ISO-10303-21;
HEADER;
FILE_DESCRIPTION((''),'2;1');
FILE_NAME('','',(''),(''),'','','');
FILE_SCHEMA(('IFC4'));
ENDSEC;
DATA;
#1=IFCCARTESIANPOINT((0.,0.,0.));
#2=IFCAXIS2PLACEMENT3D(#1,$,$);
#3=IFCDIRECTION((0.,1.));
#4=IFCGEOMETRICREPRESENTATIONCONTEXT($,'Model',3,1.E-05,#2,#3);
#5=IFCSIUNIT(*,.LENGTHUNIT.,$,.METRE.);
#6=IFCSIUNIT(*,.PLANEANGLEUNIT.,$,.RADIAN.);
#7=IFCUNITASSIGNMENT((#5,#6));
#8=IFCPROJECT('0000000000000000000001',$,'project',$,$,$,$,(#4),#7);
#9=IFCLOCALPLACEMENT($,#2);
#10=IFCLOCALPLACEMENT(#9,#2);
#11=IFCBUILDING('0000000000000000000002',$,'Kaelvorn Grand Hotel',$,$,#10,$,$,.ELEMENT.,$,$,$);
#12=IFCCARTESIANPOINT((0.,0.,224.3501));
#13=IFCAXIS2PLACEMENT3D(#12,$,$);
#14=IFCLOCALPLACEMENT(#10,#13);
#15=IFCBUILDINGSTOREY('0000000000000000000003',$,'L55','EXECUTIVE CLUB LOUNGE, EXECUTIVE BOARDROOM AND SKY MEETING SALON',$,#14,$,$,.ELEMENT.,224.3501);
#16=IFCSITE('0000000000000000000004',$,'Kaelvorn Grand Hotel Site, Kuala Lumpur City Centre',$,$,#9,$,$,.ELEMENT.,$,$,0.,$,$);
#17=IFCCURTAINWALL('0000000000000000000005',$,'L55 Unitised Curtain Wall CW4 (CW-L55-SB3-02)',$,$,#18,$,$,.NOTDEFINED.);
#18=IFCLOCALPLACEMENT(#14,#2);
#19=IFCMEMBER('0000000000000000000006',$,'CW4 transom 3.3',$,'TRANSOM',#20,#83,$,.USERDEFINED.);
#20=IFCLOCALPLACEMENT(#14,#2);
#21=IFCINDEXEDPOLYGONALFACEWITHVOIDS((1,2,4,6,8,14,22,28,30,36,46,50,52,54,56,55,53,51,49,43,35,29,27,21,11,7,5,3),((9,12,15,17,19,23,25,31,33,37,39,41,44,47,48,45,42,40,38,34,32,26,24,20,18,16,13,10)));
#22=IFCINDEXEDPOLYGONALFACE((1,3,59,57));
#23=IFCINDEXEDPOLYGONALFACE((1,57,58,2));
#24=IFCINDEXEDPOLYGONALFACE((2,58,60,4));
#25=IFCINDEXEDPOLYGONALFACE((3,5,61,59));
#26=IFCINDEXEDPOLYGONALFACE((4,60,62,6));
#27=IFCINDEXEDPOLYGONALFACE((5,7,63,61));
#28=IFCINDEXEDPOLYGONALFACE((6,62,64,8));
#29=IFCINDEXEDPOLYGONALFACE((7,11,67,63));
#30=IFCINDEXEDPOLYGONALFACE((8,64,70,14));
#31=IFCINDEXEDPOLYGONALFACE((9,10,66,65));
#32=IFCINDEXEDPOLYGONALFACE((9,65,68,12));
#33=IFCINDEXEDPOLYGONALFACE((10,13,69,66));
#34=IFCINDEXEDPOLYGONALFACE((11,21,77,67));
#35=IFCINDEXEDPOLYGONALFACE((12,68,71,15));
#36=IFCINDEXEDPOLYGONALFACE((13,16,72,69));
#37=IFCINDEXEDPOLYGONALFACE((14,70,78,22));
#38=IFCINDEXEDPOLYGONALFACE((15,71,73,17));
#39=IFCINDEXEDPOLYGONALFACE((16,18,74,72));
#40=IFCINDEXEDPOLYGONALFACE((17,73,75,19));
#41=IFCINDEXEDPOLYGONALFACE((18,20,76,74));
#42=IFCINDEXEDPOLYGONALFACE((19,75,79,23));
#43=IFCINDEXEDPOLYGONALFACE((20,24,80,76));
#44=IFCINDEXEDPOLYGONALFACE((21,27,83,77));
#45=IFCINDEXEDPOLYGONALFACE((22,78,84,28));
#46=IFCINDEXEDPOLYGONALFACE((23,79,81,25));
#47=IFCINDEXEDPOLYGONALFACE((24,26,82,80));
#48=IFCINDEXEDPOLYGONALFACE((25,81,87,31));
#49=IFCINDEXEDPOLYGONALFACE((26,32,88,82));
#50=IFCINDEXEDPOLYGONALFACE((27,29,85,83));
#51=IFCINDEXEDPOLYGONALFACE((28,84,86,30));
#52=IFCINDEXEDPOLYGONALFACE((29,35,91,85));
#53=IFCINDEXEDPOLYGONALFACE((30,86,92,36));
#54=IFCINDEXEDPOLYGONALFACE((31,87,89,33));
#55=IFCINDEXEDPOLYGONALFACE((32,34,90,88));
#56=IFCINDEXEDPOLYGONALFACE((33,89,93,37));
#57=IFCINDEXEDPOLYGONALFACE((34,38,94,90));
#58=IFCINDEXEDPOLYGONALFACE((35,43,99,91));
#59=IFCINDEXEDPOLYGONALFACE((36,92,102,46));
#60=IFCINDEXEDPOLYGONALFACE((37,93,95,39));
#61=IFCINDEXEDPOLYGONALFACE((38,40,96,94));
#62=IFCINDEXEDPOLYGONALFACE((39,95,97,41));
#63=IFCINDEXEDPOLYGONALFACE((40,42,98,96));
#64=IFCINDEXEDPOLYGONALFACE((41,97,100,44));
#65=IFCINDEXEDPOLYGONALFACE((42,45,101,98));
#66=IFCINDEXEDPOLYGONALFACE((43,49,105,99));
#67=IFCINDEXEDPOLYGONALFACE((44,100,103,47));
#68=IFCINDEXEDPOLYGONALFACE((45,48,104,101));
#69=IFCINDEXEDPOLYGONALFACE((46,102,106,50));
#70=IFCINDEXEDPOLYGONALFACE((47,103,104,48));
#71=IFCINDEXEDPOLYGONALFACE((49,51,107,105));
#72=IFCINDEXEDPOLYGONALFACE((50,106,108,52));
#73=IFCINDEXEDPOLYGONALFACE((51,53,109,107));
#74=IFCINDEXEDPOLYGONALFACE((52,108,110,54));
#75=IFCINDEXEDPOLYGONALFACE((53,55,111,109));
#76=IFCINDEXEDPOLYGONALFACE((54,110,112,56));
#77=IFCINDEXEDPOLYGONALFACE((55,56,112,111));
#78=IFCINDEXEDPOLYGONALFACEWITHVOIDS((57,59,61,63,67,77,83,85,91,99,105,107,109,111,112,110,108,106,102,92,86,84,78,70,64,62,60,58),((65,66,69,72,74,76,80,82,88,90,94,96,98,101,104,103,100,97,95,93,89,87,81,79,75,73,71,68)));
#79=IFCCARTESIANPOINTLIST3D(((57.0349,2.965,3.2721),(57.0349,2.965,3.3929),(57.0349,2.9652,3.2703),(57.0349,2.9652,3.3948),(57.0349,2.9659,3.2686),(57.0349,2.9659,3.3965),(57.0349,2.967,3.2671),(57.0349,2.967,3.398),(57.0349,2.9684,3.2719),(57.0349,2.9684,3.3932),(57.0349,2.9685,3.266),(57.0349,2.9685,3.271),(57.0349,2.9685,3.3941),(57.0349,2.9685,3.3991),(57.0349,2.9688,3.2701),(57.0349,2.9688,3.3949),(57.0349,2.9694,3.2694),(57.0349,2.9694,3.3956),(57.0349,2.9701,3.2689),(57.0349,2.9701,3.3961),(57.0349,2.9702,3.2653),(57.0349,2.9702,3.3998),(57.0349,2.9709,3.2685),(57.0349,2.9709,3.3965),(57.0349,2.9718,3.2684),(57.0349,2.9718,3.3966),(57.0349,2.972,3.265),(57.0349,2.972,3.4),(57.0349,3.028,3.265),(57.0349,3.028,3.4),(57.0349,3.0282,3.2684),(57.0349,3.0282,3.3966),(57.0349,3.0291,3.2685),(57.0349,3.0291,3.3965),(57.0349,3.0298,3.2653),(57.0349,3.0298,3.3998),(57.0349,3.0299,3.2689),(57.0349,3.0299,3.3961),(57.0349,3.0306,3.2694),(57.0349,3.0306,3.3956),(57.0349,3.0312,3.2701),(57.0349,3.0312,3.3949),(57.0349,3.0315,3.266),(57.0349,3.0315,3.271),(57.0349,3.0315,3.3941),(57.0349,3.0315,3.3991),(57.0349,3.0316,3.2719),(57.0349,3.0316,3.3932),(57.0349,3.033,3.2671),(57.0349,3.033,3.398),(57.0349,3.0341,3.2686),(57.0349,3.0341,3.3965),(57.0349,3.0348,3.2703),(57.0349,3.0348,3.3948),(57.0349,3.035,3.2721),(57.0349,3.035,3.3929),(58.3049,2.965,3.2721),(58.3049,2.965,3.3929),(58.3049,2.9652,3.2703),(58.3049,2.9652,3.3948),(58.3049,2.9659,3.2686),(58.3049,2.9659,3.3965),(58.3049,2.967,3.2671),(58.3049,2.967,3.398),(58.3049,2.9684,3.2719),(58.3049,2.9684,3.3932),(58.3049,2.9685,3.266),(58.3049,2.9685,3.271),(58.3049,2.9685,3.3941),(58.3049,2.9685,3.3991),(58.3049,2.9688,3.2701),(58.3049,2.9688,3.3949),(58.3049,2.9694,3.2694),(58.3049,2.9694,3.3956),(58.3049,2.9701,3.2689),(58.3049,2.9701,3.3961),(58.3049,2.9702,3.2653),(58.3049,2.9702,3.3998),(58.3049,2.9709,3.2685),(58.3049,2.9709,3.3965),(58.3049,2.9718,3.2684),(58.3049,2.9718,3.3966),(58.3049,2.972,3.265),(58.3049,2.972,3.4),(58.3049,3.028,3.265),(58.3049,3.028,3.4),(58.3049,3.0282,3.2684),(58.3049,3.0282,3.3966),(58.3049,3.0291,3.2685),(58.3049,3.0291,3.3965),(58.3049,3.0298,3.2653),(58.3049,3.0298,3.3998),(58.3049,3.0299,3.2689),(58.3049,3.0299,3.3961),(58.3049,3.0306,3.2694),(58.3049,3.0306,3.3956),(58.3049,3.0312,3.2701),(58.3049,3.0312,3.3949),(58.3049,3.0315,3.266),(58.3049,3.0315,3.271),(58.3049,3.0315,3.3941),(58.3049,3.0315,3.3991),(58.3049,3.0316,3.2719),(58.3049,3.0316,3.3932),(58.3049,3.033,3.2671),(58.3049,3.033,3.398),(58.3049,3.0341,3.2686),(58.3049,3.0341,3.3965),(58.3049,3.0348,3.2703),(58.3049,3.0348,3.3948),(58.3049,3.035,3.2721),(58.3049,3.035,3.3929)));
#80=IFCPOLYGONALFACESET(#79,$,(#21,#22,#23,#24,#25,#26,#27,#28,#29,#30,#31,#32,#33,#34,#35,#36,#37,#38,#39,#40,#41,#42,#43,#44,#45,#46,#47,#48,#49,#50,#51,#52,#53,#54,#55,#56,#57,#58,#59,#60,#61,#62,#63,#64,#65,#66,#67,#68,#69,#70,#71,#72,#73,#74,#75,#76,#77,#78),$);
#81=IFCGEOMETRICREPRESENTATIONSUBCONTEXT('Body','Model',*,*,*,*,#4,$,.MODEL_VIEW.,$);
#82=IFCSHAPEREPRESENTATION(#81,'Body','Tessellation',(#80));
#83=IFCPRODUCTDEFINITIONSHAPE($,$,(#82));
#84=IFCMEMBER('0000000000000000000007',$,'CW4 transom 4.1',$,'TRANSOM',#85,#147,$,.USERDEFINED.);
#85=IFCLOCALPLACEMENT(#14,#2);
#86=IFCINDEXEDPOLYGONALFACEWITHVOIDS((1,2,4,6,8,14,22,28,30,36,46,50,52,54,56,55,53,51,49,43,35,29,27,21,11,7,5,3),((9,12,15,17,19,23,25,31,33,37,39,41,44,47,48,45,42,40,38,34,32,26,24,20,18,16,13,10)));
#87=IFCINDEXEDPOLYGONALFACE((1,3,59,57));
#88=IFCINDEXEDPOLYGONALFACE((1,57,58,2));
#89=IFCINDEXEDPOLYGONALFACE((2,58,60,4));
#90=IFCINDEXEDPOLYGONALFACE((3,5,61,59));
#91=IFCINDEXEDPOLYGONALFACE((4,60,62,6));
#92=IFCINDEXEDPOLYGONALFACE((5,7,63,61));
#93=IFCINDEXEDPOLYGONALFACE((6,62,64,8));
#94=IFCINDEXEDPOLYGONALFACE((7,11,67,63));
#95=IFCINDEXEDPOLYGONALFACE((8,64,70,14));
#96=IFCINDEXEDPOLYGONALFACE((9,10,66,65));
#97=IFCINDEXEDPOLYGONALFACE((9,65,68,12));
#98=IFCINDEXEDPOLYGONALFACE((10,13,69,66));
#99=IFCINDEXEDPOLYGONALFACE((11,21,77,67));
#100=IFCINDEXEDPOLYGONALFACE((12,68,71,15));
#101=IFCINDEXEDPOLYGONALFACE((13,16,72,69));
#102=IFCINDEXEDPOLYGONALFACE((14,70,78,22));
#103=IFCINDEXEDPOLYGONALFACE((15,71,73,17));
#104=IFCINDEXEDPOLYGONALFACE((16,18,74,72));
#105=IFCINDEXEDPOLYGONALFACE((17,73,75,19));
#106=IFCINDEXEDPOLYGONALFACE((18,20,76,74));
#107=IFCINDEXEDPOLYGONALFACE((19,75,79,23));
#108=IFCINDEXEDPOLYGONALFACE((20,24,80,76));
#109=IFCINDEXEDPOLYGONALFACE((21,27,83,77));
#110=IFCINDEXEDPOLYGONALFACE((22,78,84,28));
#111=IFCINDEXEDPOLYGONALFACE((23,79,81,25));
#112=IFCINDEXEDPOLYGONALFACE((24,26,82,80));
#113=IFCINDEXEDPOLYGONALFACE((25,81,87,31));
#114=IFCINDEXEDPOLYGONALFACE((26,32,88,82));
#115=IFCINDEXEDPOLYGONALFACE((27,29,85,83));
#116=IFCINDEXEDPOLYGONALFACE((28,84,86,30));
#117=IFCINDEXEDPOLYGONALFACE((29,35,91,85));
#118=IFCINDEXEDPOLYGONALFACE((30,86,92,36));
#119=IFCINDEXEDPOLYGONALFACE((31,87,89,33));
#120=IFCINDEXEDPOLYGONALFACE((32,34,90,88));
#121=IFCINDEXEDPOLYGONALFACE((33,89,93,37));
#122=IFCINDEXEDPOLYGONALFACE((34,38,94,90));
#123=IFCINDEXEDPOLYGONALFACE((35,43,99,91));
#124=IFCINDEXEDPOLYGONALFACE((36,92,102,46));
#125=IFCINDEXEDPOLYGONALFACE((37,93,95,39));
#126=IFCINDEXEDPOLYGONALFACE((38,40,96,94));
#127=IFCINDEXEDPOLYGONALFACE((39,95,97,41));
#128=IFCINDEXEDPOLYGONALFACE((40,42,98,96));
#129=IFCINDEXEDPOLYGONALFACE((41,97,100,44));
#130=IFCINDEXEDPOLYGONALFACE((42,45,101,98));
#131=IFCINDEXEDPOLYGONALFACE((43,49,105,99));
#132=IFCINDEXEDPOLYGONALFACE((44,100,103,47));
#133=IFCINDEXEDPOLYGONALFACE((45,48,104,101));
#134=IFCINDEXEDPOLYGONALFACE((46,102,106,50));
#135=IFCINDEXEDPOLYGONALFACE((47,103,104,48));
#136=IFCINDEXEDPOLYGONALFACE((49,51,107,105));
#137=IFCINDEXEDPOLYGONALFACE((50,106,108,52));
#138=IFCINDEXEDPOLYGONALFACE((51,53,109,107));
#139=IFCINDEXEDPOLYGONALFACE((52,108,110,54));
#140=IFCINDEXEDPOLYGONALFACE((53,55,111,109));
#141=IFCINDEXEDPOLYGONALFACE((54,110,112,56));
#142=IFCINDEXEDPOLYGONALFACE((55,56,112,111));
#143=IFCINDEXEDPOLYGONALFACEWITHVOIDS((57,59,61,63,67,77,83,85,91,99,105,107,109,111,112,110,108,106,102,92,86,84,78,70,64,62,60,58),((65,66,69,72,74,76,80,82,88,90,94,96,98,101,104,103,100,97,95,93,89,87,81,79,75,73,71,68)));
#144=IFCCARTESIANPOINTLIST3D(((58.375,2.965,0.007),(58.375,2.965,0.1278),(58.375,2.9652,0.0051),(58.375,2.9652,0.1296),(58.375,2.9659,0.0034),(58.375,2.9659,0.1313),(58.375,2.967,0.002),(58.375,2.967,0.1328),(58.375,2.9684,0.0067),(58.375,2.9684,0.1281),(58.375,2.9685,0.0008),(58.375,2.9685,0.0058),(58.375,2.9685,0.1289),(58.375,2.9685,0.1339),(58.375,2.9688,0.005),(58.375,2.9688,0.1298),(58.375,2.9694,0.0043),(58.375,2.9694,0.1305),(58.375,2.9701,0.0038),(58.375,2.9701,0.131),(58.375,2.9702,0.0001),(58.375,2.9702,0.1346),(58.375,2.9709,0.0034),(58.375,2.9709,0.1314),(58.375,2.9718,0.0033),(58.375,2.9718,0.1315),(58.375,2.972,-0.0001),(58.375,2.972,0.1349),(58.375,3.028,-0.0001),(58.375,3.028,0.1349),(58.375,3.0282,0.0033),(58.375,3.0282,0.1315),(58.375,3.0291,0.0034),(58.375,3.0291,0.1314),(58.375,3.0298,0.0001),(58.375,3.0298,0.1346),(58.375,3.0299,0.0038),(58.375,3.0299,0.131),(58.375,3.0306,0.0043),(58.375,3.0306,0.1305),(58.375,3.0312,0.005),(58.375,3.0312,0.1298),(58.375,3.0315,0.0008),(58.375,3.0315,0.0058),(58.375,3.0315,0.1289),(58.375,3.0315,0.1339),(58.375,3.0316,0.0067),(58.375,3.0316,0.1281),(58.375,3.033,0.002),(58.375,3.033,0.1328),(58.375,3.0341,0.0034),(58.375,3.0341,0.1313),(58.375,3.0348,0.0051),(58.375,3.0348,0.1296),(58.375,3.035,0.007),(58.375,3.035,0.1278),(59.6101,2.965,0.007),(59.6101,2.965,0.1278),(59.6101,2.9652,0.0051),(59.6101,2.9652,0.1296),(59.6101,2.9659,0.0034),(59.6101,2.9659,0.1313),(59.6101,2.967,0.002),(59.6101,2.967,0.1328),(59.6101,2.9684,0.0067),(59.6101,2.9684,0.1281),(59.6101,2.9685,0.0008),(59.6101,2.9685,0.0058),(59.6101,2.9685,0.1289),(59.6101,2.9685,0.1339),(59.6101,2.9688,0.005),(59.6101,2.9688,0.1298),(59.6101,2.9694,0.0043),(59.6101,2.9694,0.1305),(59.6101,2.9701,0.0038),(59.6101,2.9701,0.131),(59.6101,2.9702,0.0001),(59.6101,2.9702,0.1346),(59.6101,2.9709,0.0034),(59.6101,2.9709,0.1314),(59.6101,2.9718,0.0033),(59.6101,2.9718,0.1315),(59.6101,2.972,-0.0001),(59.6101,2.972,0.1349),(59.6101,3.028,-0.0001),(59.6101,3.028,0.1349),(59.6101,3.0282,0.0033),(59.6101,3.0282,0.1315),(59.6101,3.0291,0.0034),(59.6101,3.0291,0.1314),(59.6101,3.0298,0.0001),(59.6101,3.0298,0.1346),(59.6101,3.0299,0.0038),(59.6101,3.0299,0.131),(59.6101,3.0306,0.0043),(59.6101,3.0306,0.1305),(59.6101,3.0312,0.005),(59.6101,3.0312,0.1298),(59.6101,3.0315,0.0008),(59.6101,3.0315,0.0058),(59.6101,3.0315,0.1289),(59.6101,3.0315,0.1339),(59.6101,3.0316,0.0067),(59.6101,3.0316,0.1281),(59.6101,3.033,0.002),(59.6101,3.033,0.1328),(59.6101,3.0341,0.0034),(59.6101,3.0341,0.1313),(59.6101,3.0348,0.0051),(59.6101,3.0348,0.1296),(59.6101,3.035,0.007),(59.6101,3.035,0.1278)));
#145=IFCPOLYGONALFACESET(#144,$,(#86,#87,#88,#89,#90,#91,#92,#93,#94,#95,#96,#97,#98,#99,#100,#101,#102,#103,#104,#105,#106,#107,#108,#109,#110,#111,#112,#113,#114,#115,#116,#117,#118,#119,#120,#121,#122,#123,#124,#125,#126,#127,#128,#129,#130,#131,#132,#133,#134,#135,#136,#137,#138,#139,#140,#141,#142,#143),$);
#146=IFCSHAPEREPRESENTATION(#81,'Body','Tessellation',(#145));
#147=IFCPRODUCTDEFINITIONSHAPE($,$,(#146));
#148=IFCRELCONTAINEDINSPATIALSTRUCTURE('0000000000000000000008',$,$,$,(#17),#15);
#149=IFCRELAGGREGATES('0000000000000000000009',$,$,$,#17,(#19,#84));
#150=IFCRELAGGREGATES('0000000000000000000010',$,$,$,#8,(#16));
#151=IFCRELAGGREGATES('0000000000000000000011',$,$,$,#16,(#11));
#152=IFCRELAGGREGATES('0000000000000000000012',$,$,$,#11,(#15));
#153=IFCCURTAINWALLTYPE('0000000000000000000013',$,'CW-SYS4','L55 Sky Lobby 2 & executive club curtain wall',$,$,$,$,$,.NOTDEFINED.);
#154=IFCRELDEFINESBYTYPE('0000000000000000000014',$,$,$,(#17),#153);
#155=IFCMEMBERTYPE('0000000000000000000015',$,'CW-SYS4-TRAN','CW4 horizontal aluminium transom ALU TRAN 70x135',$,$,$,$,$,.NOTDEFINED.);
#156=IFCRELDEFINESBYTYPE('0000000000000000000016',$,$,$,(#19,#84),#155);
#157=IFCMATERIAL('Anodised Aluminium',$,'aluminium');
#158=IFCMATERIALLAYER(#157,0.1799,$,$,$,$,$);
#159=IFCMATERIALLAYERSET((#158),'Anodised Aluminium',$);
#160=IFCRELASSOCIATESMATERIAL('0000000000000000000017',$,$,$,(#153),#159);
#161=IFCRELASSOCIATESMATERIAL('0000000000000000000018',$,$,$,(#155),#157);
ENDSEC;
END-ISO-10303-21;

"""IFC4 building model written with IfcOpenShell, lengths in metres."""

from ifc_helpers import new_model, si_unit, direction, frame, origin, origin_2d, place, context, subcontext, project, spatial, hollow_rectangle, extrude, material, layer, layer_set, material_profile, profile_set, type_object, element, aggregate, save


model = new_model("IFC4")

# Units and contexts
model_context = context("Model", 3, precision=1e-05, world=origin(), true_north=direction((0.0, 1.0)))
body_context = subcontext(model_context, "Body", "Model", "MODEL_VIEW")
ifc_project = project(units=[si_unit("LENGTHUNIT", "METRE"), si_unit("PLANEANGLEUNIT", "RADIAN")], contexts=[model_context])

# Site, building, storey
site_placement = place(None, origin())
site = spatial("IfcSite", under=ifc_project, at=site_placement, Name="Kaelvorn Grand Hotel Site, Kuala Lumpur City Centre", CompositionType="ELEMENT", RefElevation=0.0)
building_placement = place(site_placement, origin())
building = spatial("IfcBuilding", under=site, at=building_placement, Name="Kaelvorn Grand Hotel", CompositionType="ELEMENT")
storey_placement = place(building_placement, frame((0.0, 0.0, 224.3501)))
storey = spatial("IfcBuildingStorey", under=building, at=storey_placement, Name="L55", Description="EXECUTIVE CLUB LOUNGE, EXECUTIVE BOARDROOM AND SKY MEETING SALON", CompositionType="ELEMENT", Elevation=224.3501)

# Curtain wall, members
ifc_material_1 = material(Name="Anodised Aluminium", Category="aluminium")
ifc_layer_1 = layer(ifc_material_1, 0.1799)
ifc_layer_set_1 = layer_set([ifc_layer_1], Name="Anodised Aluminium")
curtain_wall_type = type_object("IfcCurtainWallType", Name="CW-SYS4", Description="L55 Sky Lobby 2 & executive club curtain wall", PredefinedType="NOTDEFINED", material=ifc_layer_set_1)
curtain_wall_placement = place(storey_placement, origin())
curtain_wall = element("IfcCurtainWall", 1, at=curtain_wall_placement, inside=storey, type_object=curtain_wall_type, Name="L55 Unitised Curtain Wall CW4 (CW-L55-SB3-02)", PredefinedType="NOTDEFINED")
ifc_material_profile_1 = material_profile(ifc_material_1, hollow_rectangle(XDim=0.0701, YDim=0.135, WallThickness=0.0034, InnerFilletRadius=0.0034, OuterFilletRadius=0.0071, at=origin_2d()), Name="ALU TRAN 70x135")
ifc_profile_set_1 = profile_set([ifc_material_profile_1], Name="Anodised Aluminium")
member_type_1 = type_object("IfcMemberType", Name="CW-SYS4-TRAN", Description="CW4 horizontal aluminium transom ALU TRAN 70x135", PredefinedType="NOTDEFINED", material=ifc_profile_set_1)
member_1_placement = place(storey_placement, frame((57.0349, 3.0, 3.3325), z_axis=(1.0, 0.0, 0.0), x_axis=(0.0, 1.0, 0.0)))
member_1 = element("IfcMember", 2, at=member_1_placement, type_object=member_type_1, Name="CW4 transom 3.3", ObjectType="TRANSOM", PredefinedType="USERDEFINED", context=body_context, shape_type="SweptSolid", body=[
    extrude(hollow_rectangle(XDim=0.0701, YDim=0.135, WallThickness=0.0034, InnerFilletRadius=0.0034, OuterFilletRadius=0.0071, at=origin_2d()), origin(), (0.0, 0.0, 1.0), 1.27),
])
member_2_placement = place(storey_placement, frame((58.375, 3.0, 0.0674), z_axis=(1.0, 0.0, 0.0), x_axis=(0.0, 1.0, 0.0)))
member_2 = element("IfcMember", 3, at=member_2_placement, type_object=member_type_1, Name="CW4 transom 4.1", ObjectType="TRANSOM", PredefinedType="USERDEFINED", context=body_context, shape_type="SweptSolid", body=[
    extrude(hollow_rectangle(XDim=0.0701, YDim=0.135, WallThickness=0.0034, InnerFilletRadius=0.0034, OuterFilletRadius=0.0071, at=origin_2d()), origin(), (0.0, 0.0, 1.0), 1.2351),
])
aggregate(curtain_wall, [member_1, member_2])

save(model, "model.ifc")
